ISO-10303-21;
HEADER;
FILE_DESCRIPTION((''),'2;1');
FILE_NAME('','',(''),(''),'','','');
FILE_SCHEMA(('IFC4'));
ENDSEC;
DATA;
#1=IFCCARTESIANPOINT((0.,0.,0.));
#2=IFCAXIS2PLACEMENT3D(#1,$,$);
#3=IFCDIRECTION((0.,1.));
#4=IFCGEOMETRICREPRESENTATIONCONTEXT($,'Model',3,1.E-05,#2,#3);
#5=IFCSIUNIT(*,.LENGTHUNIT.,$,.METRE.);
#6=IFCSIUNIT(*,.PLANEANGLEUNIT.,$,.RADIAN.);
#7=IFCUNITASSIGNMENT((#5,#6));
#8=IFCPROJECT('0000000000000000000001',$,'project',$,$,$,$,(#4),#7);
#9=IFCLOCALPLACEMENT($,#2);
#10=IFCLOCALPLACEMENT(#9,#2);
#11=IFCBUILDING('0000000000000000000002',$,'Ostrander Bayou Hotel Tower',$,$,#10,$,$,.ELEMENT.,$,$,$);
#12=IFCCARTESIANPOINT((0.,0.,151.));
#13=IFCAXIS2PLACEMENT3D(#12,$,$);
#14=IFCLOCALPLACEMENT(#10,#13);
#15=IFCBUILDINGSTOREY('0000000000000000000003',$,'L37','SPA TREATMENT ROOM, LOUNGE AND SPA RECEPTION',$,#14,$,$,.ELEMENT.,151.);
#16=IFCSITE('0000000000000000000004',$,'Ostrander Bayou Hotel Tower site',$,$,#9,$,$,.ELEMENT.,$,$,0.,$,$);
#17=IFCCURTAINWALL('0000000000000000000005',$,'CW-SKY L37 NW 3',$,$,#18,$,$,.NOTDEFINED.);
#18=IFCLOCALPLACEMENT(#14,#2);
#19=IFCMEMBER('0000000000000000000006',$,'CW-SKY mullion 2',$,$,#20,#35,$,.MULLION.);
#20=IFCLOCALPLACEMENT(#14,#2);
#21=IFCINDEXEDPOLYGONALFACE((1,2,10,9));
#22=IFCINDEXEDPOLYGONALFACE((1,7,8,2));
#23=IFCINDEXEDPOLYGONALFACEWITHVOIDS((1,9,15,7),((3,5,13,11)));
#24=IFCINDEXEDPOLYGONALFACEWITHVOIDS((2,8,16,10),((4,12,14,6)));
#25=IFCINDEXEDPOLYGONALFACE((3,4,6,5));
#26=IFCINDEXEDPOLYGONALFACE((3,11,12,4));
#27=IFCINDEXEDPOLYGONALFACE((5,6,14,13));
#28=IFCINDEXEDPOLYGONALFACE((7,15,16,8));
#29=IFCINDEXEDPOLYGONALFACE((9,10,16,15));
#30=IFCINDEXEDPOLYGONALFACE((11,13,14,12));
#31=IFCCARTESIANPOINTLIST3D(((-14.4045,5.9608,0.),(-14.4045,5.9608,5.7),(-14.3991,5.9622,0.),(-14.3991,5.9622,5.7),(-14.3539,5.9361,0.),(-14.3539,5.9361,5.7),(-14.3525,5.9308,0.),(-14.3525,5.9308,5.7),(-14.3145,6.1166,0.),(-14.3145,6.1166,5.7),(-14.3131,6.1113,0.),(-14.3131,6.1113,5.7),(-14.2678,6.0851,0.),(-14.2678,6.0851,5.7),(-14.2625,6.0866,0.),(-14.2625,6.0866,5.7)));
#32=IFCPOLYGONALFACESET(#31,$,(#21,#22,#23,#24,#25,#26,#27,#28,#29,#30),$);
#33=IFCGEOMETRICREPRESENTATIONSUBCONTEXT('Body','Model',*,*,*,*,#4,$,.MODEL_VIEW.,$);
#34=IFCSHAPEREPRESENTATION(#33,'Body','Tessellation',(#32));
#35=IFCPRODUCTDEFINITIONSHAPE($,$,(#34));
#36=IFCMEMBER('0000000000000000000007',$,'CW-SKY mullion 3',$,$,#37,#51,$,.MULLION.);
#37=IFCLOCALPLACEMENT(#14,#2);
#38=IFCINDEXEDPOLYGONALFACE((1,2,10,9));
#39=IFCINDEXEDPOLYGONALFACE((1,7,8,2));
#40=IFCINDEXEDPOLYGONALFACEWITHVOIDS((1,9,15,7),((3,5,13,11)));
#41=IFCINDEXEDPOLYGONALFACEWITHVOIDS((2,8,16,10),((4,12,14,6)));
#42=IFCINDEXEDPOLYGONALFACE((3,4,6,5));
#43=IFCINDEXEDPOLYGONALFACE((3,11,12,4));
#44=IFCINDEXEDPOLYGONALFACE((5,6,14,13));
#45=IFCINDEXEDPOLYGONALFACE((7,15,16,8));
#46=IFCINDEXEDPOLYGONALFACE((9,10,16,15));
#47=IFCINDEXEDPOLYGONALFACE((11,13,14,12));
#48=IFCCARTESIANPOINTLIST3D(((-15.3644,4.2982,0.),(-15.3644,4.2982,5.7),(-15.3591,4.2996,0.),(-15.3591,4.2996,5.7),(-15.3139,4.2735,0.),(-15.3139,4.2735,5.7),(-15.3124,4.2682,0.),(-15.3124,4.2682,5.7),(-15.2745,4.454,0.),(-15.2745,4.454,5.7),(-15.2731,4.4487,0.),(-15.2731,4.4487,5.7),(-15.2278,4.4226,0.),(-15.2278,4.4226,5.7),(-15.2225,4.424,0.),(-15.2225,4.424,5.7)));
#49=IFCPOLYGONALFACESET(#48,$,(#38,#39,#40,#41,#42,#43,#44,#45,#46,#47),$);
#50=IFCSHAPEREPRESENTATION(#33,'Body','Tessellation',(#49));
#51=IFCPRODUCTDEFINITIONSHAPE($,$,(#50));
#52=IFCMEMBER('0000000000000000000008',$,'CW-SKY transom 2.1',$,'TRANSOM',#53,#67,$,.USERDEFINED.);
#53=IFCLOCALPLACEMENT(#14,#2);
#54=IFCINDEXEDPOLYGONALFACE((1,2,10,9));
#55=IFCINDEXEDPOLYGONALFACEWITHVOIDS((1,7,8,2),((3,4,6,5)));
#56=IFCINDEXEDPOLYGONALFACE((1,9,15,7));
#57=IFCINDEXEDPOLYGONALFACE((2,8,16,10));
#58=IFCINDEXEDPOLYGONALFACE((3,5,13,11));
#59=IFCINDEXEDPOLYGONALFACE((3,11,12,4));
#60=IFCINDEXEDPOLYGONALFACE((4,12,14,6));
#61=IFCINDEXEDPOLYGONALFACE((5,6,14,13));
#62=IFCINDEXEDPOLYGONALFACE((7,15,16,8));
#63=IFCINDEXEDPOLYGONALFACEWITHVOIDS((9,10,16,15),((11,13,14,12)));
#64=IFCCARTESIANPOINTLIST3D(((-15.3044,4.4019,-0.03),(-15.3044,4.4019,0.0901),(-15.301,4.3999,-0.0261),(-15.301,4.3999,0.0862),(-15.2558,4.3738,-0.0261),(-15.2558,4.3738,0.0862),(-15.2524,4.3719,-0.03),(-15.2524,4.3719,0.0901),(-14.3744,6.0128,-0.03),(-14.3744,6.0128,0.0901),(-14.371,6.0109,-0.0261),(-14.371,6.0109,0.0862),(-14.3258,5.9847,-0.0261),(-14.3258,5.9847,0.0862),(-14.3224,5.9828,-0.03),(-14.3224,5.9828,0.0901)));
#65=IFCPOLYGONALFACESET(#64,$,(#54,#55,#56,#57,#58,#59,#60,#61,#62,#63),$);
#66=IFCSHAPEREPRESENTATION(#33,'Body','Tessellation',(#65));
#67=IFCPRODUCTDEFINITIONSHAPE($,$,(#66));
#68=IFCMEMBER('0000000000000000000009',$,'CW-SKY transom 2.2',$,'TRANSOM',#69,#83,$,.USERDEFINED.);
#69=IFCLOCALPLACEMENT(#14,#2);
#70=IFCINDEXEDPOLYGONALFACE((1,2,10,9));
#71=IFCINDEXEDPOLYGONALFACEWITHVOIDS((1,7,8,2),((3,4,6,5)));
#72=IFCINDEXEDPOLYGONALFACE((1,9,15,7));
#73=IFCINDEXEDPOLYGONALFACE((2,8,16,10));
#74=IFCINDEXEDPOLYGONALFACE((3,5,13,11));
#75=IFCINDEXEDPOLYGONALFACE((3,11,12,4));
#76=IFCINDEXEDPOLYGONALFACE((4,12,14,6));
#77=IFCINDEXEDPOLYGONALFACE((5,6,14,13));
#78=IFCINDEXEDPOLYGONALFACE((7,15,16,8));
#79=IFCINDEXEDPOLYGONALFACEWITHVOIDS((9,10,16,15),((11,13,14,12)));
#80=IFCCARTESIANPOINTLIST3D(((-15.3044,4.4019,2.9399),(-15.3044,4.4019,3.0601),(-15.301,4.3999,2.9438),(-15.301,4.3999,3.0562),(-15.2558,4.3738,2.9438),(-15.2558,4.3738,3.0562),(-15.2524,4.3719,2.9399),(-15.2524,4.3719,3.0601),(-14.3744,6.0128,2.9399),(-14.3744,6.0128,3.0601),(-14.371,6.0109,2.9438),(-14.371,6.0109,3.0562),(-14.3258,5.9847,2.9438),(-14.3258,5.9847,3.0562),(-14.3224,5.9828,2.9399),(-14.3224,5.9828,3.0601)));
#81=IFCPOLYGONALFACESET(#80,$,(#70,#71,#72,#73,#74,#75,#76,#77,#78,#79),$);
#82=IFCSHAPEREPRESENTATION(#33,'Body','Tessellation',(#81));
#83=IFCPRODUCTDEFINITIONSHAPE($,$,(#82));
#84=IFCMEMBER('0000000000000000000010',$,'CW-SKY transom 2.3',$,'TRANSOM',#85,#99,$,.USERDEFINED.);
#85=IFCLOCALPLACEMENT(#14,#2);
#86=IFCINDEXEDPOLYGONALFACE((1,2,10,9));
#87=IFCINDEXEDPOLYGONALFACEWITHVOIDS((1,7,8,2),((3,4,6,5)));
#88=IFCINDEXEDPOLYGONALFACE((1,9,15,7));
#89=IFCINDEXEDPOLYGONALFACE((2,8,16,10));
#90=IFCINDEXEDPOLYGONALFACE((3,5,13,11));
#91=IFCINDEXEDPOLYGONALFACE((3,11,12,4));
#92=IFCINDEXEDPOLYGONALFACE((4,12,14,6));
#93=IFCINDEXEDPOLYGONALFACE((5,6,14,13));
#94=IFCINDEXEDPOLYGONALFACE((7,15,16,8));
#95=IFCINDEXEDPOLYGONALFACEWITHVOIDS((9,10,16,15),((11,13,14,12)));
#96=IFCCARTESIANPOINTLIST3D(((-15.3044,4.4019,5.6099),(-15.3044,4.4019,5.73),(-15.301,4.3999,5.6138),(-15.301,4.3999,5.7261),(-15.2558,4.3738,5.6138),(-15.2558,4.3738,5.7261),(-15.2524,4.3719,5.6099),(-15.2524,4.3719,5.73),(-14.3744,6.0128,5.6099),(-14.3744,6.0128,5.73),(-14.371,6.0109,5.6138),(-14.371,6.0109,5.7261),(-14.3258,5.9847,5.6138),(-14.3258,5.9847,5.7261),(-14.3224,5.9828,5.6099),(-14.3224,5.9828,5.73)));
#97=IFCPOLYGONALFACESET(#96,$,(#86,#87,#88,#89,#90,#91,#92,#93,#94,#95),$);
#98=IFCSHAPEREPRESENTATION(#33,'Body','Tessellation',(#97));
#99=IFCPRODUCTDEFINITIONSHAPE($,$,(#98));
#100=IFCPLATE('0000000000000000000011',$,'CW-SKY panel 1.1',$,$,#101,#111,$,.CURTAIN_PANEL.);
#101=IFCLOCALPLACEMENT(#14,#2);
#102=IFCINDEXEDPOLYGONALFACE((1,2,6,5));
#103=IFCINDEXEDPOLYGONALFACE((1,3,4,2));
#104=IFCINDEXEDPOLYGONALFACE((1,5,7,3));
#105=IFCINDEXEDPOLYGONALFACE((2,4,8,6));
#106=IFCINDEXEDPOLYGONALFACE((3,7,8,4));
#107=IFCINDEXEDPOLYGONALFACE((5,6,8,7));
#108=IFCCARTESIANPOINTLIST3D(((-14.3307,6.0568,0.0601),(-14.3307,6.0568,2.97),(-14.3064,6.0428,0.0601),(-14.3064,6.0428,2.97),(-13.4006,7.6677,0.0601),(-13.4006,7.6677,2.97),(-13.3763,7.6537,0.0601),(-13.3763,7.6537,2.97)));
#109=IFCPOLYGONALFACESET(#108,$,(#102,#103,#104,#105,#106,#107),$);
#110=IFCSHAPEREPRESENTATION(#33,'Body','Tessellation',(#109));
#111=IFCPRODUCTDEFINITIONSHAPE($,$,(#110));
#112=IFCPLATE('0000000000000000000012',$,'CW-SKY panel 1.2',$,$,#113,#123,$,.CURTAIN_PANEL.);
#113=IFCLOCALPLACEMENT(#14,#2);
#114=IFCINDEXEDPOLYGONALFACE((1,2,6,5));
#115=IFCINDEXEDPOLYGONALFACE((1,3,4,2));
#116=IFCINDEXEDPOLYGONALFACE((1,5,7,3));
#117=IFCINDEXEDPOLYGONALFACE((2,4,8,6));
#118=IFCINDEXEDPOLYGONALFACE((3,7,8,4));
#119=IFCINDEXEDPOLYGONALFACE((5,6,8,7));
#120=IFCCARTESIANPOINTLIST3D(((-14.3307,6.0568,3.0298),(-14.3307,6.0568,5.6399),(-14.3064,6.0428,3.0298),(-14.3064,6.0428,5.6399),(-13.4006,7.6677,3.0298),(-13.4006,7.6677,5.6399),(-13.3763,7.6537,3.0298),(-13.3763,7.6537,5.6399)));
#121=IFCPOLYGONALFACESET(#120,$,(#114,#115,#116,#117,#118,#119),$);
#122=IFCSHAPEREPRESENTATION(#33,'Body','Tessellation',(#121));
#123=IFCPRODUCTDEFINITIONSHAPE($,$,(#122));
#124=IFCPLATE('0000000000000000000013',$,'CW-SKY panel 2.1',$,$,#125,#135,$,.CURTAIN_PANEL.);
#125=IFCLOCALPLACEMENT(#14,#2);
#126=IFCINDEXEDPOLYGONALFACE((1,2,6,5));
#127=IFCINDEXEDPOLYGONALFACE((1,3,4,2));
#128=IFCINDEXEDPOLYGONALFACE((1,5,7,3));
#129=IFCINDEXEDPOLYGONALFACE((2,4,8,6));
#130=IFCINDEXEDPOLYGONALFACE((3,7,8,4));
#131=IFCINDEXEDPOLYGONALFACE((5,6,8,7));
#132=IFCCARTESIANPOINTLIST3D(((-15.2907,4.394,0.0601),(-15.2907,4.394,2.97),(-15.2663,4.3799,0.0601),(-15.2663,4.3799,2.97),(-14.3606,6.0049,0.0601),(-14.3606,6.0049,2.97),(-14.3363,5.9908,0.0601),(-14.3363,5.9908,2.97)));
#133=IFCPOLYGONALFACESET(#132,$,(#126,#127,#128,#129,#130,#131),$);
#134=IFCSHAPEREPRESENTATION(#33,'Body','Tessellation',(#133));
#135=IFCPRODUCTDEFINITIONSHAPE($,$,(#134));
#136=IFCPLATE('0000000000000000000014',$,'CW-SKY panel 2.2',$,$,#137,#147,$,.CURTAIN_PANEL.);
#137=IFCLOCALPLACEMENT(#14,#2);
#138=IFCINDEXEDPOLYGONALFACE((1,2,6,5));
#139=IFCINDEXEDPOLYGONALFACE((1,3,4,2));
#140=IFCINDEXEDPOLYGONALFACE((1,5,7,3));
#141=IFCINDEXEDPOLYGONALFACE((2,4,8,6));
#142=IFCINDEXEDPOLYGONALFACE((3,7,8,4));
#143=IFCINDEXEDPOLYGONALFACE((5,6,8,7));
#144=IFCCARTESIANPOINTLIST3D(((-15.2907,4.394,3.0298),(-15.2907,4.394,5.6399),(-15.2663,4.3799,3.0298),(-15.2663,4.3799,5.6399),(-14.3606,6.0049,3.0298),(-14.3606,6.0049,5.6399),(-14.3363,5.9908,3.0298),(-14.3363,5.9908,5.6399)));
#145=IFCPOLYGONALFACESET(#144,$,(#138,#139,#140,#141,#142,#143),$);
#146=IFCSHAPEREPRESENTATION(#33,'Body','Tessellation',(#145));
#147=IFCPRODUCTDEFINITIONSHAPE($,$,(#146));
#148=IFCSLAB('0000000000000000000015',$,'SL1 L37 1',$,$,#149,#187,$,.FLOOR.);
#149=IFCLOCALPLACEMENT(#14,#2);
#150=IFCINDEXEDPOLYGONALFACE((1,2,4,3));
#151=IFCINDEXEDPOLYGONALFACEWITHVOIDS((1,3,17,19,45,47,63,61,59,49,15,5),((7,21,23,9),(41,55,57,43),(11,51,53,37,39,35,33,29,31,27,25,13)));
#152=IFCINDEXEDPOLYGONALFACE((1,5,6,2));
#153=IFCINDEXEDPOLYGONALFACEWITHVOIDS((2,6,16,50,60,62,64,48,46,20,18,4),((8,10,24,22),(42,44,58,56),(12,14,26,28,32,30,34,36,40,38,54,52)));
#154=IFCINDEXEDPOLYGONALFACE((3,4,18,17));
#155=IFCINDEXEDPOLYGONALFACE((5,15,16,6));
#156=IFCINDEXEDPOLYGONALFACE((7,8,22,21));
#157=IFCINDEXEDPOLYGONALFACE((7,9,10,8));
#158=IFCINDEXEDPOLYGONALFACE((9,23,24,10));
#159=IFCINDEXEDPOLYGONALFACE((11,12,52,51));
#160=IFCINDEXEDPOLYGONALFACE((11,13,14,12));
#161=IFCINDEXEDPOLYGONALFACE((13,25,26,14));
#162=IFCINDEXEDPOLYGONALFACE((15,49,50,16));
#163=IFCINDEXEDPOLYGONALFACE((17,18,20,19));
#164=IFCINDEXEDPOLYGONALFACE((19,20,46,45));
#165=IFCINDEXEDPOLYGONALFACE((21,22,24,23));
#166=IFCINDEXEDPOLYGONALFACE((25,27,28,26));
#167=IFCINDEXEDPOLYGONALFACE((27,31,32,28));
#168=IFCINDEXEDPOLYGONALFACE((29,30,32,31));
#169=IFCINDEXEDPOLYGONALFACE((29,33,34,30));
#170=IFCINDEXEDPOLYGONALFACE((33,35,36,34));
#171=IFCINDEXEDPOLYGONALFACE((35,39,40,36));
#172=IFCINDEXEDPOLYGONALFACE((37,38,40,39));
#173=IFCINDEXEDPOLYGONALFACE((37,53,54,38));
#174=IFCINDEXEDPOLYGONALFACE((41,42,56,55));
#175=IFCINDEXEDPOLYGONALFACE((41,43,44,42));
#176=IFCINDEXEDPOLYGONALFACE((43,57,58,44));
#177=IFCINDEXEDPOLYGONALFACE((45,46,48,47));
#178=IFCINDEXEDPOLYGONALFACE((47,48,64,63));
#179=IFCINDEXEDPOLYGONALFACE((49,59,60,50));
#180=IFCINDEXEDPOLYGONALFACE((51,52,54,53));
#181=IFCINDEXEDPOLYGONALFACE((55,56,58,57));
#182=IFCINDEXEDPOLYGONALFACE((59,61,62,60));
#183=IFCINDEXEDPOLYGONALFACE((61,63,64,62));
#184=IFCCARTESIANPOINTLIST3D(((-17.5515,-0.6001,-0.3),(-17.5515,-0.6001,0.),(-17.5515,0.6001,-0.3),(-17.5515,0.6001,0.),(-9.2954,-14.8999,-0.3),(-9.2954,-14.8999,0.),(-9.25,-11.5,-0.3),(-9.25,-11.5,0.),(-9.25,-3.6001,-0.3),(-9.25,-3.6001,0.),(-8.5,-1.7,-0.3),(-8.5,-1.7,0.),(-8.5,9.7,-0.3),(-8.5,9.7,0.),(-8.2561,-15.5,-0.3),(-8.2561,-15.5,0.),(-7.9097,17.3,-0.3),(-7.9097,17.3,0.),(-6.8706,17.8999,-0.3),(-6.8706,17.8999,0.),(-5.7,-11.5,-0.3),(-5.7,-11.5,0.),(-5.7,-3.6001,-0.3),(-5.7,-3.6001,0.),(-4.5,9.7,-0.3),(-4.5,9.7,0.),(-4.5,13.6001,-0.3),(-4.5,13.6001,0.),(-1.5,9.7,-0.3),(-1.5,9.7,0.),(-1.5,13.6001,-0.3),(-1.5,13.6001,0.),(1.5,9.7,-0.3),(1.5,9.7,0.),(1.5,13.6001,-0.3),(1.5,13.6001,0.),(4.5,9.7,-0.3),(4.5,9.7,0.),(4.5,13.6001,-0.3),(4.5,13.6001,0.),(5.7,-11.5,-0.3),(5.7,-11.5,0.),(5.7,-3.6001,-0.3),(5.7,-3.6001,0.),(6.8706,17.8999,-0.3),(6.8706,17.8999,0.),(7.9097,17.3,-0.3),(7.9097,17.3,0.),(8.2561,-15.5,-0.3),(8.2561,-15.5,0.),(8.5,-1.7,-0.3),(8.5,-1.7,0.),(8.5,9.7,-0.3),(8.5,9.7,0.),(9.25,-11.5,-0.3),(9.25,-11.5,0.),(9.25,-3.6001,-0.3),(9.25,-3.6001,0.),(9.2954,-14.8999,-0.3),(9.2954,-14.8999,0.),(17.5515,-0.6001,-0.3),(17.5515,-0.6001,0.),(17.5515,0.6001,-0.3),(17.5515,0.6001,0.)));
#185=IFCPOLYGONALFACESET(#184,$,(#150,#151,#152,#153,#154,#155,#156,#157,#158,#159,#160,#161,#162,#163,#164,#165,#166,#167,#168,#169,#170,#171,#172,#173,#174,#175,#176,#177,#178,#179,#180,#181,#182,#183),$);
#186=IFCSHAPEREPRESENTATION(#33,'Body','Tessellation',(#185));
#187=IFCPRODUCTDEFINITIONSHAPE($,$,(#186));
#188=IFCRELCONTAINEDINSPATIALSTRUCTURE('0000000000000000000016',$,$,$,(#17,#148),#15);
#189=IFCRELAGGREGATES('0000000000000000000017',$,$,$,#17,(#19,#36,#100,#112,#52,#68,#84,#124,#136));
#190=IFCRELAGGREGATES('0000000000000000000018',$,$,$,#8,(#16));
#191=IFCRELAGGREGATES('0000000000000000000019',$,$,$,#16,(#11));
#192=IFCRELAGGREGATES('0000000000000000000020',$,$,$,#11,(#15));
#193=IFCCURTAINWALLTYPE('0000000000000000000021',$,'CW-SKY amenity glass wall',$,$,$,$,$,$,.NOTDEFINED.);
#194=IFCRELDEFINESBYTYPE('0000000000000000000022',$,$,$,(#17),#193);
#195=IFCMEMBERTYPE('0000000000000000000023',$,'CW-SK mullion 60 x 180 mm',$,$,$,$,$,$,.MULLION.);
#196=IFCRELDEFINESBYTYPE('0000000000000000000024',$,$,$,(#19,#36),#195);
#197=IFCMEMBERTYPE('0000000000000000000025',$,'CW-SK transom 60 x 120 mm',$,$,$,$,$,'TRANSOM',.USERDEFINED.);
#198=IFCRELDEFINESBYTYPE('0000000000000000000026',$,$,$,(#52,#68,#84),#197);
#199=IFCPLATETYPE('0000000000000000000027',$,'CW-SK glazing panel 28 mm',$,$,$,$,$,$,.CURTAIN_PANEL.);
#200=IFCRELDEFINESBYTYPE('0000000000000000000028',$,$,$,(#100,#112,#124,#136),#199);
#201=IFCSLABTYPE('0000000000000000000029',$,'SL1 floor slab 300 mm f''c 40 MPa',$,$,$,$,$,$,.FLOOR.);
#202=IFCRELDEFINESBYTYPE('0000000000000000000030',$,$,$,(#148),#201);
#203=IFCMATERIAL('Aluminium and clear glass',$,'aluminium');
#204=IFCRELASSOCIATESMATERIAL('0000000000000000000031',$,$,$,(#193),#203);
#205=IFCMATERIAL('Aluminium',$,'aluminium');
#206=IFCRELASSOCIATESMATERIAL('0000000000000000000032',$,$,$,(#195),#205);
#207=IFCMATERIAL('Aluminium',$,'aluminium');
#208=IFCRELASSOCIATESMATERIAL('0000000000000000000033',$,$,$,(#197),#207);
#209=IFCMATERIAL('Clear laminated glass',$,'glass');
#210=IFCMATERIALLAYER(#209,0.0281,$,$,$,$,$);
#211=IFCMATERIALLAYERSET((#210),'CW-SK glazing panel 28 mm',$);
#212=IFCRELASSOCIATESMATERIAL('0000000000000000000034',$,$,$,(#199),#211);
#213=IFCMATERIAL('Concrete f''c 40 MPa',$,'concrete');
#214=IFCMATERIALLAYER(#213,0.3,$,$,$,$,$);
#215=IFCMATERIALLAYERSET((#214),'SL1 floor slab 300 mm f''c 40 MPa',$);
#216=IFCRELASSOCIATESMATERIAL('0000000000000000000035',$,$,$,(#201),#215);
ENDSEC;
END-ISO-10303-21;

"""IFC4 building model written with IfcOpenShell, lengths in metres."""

from ifc_helpers import new_model, si_unit, direction, frame, origin, origin_2d, place, context, subcontext, project, spatial, polyline, rectangle, hollow_rectangle, outline, extrude, material, layer, layer_set, material_profile, profile_set, type_object, element, aggregate, save


model = new_model("IFC4")

# Units and contexts
model_context = context("Model", 3, precision=1e-05, world=origin(), true_north=direction((0.0, 1.0)))
body_context = subcontext(model_context, "Body", "Model", "MODEL_VIEW")
ifc_project = project(units=[si_unit("LENGTHUNIT", "METRE"), si_unit("PLANEANGLEUNIT", "RADIAN")], contexts=[model_context])

# Site, building, storey
site_placement = place(None, origin())
site = spatial("IfcSite", under=ifc_project, at=site_placement, Name="Ostrander Bayou Hotel Tower site", CompositionType="ELEMENT", RefElevation=0.0)
building_placement = place(site_placement, origin())
building = spatial("IfcBuilding", under=site, at=building_placement, Name="Ostrander Bayou Hotel Tower", CompositionType="ELEMENT")
storey_placement = place(building_placement, frame((0.0, 0.0, 151.0)))
storey = spatial("IfcBuildingStorey", under=building, at=storey_placement, Name="L37", Description="SPA TREATMENT ROOM, LOUNGE AND SPA RECEPTION", CompositionType="ELEMENT", Elevation=151.0)

# Curtain wall, members, plates
ifc_material_1 = material(Name="Aluminium and clear glass", Category="aluminium")
curtain_wall_type = type_object("IfcCurtainWallType", Name="CW-SKY amenity glass wall", PredefinedType="NOTDEFINED", material=ifc_material_1)
curtain_wall_placement = place(storey_placement, origin())
curtain_wall = element("IfcCurtainWall", 1, at=curtain_wall_placement, inside=storey, type_object=curtain_wall_type, Name="CW-SKY L37 NW 3", PredefinedType="NOTDEFINED")
ifc_material_2 = material(Name="Aluminium", Category="aluminium")
ifc_material_profile_1 = material_profile(ifc_material_2, hollow_rectangle(XDim=0.0601, YDim=0.1799, WallThickness=0.0039, at=origin_2d()))
ifc_profile_set_1 = profile_set([ifc_material_profile_1], Name="Aluminium")
member_type_1 = type_object("IfcMemberType", Name="CW-SK mullion 60 x 180 mm", PredefinedType="MULLION", material=ifc_profile_set_1)
member_1_placement = place(storey_placement, frame((-14.3335, 6.0237, 0.0), z_axis=(0.0, 0.0, 1.0), x_axis=(0.866025, -0.5, 0.0)))
member_1 = element("IfcMember", 2, at=member_1_placement, type_object=member_type_1, Name="CW-SKY mullion 2", PredefinedType="MULLION", context=body_context, shape_type="SweptSolid", body=[
    extrude(hollow_rectangle(XDim=0.0601, YDim=0.1799, WallThickness=0.0039, at=origin_2d()), origin(), (0.0, 0.0, 1.0), 5.7),
])
member_2_placement = place(storey_placement, frame((-15.2935, 4.3611, 0.0), z_axis=(0.0, 0.0, 1.0), x_axis=(0.866025, -0.5, 0.0)))
member_2 = element("IfcMember", 3, at=member_2_placement, type_object=member_type_1, Name="CW-SKY mullion 3", PredefinedType="MULLION", context=body_context, shape_type="SweptSolid", body=[
    extrude(hollow_rectangle(XDim=0.0601, YDim=0.1799, WallThickness=0.0039, at=origin_2d()), origin(), (0.0, 0.0, 1.0), 5.7),
])
ifc_material_3 = material(Name="Aluminium", Category="aluminium")
ifc_material_profile_2 = material_profile(ifc_material_3, hollow_rectangle(XDim=0.0601, YDim=0.1201, WallThickness=0.0039, at=origin_2d()))
ifc_profile_set_2 = profile_set([ifc_material_profile_2], Name="Aluminium")
member_type_2 = type_object("IfcMemberType", Name="CW-SK transom 60 x 120 mm", ElementType="TRANSOM", PredefinedType="USERDEFINED", material=ifc_profile_set_2)
member_3_placement = place(storey_placement, frame((-14.3484, 5.9978, 0.03), z_axis=(-0.499965, -0.866046, 0.0), x_axis=(0.866046, -0.499965, 0.0)))
member_3 = element("IfcMember", 4, at=member_3_placement, type_object=member_type_2, Name="CW-SKY transom 2.1", ObjectType="TRANSOM", PredefinedType="USERDEFINED", context=body_context, shape_type="SweptSolid", body=[
    extrude(hollow_rectangle(XDim=0.0601, YDim=0.1201, WallThickness=0.0039, at=origin_2d()), origin(), (0.0, 0.0, 1.0), 1.8601),
])
member_4_placement = place(storey_placement, frame((-14.3484, 5.9978, 3.0), z_axis=(-0.499965, -0.866046, 0.0), x_axis=(0.866046, -0.499965, 0.0)))
member_4 = element("IfcMember", 5, at=member_4_placement, type_object=member_type_2, Name="CW-SKY transom 2.2", ObjectType="TRANSOM", PredefinedType="USERDEFINED", context=body_context, shape_type="SweptSolid", body=[
    extrude(hollow_rectangle(XDim=0.0601, YDim=0.1201, WallThickness=0.0039, at=origin_2d()), origin(), (0.0, 0.0, 1.0), 1.8601),
])
member_5_placement = place(storey_placement, frame((-14.3484, 5.9978, 5.6699), z_axis=(-0.499965, -0.866046, 0.0), x_axis=(0.866046, -0.499965, 0.0)))
member_5 = element("IfcMember", 6, at=member_5_placement, type_object=member_type_2, Name="CW-SKY transom 2.3", ObjectType="TRANSOM", PredefinedType="USERDEFINED", context=body_context, shape_type="SweptSolid", body=[
    extrude(hollow_rectangle(XDim=0.0601, YDim=0.1201, WallThickness=0.0039, at=origin_2d()), origin(), (0.0, 0.0, 1.0), 1.8601),
])
ifc_material_4 = material(Name="Clear laminated glass", Category="glass")
ifc_layer_1 = layer(ifc_material_4, 0.0281)
ifc_layer_set_1 = layer_set([ifc_layer_1], Name="CW-SK glazing panel 28 mm")
plate_type = type_object("IfcPlateType", Name="CW-SK glazing panel 28 mm", PredefinedType="CURTAIN_PANEL", material=ifc_layer_set_1)
plate_1_placement = place(storey_placement, frame((-13.8535, 6.8552, 0.0601), z_axis=(0.0, 0.0, 1.0), x_axis=(-0.5, -0.866025, 0.0)))
plate_1 = element("IfcPlate", 7, at=plate_1_placement, type_object=plate_type, Name="CW-SKY panel 1.1", PredefinedType="CURTAIN_PANEL", context=body_context, shape_type="SweptSolid", body=[
    extrude(rectangle(XDim=1.8601, YDim=0.0281, at=origin_2d()), origin(), (0.0, 0.0, 1.0), 2.9099),
])
plate_2_placement = place(storey_placement, frame((-13.8535, 6.8552, 3.0298), z_axis=(0.0, 0.0, 1.0), x_axis=(-0.5, -0.866025, 0.0)))
plate_2 = element("IfcPlate", 8, at=plate_2_placement, type_object=plate_type, Name="CW-SKY panel 1.2", PredefinedType="CURTAIN_PANEL", context=body_context, shape_type="SweptSolid", body=[
    extrude(rectangle(XDim=1.8601, YDim=0.0281, at=origin_2d()), origin(), (0.0, 0.0, 1.0), 2.6101),
])
plate_3_placement = place(storey_placement, frame((-14.8135, 5.1924, 0.0601), z_axis=(0.0, 0.0, 1.0), x_axis=(-0.5, -0.866025, 0.0)))
plate_3 = element("IfcPlate", 9, at=plate_3_placement, type_object=plate_type, Name="CW-SKY panel 2.1", PredefinedType="CURTAIN_PANEL", context=body_context, shape_type="SweptSolid", body=[
    extrude(rectangle(XDim=1.8601, YDim=0.0281, at=origin_2d()), origin(), (0.0, 0.0, 1.0), 2.9099),
])
plate_4_placement = place(storey_placement, frame((-14.8135, 5.1924, 3.0298), z_axis=(0.0, 0.0, 1.0), x_axis=(-0.5, -0.866025, 0.0)))
plate_4 = element("IfcPlate", 10, at=plate_4_placement, type_object=plate_type, Name="CW-SKY panel 2.2", PredefinedType="CURTAIN_PANEL", context=body_context, shape_type="SweptSolid", body=[
    extrude(rectangle(XDim=1.8601, YDim=0.0281, at=origin_2d()), origin(), (0.0, 0.0, 1.0), 2.6101),
])
aggregate(curtain_wall, [member_1, member_2, plate_1, plate_2, member_3, member_4, member_5, plate_3, plate_4])

# Slab
ifc_material_5 = material(Name="Concrete f'c 40 MPa", Category="concrete")
ifc_layer_2 = layer(ifc_material_5, 0.3)
ifc_layer_set_2 = layer_set([ifc_layer_2], Name="SL1 floor slab 300 mm f'c 40 MPa")
slab_type_1 = type_object("IfcSlabType", Name="SL1 floor slab 300 mm f'c 40 MPa", PredefinedType="FLOOR", material=ifc_layer_set_2)
slab_1_placement = place(storey_placement, frame((0.0, 0.0, -0.3)))
element("IfcSlab", 11, at=slab_1_placement, inside=storey, type_object=slab_type_1, Name="SL1 L37 1", PredefinedType="FLOOR", context=body_context, shape_type="SweptSolid", body=[
    extrude(outline(polyline([(7.9097, 17.3), (17.5515, 0.6001), (17.5515, -0.6001), (9.2954, -14.8999), (8.2561, -15.5), (-8.2561, -15.5), (-9.2954, -14.8999), (-17.5515, -0.6001), (-17.5515, 0.6001), (-7.9097, 17.3), (-6.8706, 17.8999), (6.8706, 17.8999), (7.9097, 17.3)]), holes=[polyline([(9.25, -3.6001), (5.7, -3.6001), (5.7, -11.5), (9.25, -11.5), (9.25, -3.6001)]), polyline([(-8.5, -1.7), (8.5, -1.7), (8.5, 9.7), (4.5, 9.7), (4.5, 13.6001), (1.5, 13.6001), (1.5, 9.7), (-1.5, 9.7), (-1.5, 13.6001), (-4.5, 13.6001), (-4.5, 9.7), (-8.5, 9.7), (-8.5, -1.7)]), polyline([(-5.7, -3.6001), (-9.25, -3.6001), (-9.25, -11.5), (-5.7, -11.5), (-5.7, -3.6001)])]), origin(), (0.0, 0.0, 1.0), 0.3),
])

save(model, "model.ifc")
